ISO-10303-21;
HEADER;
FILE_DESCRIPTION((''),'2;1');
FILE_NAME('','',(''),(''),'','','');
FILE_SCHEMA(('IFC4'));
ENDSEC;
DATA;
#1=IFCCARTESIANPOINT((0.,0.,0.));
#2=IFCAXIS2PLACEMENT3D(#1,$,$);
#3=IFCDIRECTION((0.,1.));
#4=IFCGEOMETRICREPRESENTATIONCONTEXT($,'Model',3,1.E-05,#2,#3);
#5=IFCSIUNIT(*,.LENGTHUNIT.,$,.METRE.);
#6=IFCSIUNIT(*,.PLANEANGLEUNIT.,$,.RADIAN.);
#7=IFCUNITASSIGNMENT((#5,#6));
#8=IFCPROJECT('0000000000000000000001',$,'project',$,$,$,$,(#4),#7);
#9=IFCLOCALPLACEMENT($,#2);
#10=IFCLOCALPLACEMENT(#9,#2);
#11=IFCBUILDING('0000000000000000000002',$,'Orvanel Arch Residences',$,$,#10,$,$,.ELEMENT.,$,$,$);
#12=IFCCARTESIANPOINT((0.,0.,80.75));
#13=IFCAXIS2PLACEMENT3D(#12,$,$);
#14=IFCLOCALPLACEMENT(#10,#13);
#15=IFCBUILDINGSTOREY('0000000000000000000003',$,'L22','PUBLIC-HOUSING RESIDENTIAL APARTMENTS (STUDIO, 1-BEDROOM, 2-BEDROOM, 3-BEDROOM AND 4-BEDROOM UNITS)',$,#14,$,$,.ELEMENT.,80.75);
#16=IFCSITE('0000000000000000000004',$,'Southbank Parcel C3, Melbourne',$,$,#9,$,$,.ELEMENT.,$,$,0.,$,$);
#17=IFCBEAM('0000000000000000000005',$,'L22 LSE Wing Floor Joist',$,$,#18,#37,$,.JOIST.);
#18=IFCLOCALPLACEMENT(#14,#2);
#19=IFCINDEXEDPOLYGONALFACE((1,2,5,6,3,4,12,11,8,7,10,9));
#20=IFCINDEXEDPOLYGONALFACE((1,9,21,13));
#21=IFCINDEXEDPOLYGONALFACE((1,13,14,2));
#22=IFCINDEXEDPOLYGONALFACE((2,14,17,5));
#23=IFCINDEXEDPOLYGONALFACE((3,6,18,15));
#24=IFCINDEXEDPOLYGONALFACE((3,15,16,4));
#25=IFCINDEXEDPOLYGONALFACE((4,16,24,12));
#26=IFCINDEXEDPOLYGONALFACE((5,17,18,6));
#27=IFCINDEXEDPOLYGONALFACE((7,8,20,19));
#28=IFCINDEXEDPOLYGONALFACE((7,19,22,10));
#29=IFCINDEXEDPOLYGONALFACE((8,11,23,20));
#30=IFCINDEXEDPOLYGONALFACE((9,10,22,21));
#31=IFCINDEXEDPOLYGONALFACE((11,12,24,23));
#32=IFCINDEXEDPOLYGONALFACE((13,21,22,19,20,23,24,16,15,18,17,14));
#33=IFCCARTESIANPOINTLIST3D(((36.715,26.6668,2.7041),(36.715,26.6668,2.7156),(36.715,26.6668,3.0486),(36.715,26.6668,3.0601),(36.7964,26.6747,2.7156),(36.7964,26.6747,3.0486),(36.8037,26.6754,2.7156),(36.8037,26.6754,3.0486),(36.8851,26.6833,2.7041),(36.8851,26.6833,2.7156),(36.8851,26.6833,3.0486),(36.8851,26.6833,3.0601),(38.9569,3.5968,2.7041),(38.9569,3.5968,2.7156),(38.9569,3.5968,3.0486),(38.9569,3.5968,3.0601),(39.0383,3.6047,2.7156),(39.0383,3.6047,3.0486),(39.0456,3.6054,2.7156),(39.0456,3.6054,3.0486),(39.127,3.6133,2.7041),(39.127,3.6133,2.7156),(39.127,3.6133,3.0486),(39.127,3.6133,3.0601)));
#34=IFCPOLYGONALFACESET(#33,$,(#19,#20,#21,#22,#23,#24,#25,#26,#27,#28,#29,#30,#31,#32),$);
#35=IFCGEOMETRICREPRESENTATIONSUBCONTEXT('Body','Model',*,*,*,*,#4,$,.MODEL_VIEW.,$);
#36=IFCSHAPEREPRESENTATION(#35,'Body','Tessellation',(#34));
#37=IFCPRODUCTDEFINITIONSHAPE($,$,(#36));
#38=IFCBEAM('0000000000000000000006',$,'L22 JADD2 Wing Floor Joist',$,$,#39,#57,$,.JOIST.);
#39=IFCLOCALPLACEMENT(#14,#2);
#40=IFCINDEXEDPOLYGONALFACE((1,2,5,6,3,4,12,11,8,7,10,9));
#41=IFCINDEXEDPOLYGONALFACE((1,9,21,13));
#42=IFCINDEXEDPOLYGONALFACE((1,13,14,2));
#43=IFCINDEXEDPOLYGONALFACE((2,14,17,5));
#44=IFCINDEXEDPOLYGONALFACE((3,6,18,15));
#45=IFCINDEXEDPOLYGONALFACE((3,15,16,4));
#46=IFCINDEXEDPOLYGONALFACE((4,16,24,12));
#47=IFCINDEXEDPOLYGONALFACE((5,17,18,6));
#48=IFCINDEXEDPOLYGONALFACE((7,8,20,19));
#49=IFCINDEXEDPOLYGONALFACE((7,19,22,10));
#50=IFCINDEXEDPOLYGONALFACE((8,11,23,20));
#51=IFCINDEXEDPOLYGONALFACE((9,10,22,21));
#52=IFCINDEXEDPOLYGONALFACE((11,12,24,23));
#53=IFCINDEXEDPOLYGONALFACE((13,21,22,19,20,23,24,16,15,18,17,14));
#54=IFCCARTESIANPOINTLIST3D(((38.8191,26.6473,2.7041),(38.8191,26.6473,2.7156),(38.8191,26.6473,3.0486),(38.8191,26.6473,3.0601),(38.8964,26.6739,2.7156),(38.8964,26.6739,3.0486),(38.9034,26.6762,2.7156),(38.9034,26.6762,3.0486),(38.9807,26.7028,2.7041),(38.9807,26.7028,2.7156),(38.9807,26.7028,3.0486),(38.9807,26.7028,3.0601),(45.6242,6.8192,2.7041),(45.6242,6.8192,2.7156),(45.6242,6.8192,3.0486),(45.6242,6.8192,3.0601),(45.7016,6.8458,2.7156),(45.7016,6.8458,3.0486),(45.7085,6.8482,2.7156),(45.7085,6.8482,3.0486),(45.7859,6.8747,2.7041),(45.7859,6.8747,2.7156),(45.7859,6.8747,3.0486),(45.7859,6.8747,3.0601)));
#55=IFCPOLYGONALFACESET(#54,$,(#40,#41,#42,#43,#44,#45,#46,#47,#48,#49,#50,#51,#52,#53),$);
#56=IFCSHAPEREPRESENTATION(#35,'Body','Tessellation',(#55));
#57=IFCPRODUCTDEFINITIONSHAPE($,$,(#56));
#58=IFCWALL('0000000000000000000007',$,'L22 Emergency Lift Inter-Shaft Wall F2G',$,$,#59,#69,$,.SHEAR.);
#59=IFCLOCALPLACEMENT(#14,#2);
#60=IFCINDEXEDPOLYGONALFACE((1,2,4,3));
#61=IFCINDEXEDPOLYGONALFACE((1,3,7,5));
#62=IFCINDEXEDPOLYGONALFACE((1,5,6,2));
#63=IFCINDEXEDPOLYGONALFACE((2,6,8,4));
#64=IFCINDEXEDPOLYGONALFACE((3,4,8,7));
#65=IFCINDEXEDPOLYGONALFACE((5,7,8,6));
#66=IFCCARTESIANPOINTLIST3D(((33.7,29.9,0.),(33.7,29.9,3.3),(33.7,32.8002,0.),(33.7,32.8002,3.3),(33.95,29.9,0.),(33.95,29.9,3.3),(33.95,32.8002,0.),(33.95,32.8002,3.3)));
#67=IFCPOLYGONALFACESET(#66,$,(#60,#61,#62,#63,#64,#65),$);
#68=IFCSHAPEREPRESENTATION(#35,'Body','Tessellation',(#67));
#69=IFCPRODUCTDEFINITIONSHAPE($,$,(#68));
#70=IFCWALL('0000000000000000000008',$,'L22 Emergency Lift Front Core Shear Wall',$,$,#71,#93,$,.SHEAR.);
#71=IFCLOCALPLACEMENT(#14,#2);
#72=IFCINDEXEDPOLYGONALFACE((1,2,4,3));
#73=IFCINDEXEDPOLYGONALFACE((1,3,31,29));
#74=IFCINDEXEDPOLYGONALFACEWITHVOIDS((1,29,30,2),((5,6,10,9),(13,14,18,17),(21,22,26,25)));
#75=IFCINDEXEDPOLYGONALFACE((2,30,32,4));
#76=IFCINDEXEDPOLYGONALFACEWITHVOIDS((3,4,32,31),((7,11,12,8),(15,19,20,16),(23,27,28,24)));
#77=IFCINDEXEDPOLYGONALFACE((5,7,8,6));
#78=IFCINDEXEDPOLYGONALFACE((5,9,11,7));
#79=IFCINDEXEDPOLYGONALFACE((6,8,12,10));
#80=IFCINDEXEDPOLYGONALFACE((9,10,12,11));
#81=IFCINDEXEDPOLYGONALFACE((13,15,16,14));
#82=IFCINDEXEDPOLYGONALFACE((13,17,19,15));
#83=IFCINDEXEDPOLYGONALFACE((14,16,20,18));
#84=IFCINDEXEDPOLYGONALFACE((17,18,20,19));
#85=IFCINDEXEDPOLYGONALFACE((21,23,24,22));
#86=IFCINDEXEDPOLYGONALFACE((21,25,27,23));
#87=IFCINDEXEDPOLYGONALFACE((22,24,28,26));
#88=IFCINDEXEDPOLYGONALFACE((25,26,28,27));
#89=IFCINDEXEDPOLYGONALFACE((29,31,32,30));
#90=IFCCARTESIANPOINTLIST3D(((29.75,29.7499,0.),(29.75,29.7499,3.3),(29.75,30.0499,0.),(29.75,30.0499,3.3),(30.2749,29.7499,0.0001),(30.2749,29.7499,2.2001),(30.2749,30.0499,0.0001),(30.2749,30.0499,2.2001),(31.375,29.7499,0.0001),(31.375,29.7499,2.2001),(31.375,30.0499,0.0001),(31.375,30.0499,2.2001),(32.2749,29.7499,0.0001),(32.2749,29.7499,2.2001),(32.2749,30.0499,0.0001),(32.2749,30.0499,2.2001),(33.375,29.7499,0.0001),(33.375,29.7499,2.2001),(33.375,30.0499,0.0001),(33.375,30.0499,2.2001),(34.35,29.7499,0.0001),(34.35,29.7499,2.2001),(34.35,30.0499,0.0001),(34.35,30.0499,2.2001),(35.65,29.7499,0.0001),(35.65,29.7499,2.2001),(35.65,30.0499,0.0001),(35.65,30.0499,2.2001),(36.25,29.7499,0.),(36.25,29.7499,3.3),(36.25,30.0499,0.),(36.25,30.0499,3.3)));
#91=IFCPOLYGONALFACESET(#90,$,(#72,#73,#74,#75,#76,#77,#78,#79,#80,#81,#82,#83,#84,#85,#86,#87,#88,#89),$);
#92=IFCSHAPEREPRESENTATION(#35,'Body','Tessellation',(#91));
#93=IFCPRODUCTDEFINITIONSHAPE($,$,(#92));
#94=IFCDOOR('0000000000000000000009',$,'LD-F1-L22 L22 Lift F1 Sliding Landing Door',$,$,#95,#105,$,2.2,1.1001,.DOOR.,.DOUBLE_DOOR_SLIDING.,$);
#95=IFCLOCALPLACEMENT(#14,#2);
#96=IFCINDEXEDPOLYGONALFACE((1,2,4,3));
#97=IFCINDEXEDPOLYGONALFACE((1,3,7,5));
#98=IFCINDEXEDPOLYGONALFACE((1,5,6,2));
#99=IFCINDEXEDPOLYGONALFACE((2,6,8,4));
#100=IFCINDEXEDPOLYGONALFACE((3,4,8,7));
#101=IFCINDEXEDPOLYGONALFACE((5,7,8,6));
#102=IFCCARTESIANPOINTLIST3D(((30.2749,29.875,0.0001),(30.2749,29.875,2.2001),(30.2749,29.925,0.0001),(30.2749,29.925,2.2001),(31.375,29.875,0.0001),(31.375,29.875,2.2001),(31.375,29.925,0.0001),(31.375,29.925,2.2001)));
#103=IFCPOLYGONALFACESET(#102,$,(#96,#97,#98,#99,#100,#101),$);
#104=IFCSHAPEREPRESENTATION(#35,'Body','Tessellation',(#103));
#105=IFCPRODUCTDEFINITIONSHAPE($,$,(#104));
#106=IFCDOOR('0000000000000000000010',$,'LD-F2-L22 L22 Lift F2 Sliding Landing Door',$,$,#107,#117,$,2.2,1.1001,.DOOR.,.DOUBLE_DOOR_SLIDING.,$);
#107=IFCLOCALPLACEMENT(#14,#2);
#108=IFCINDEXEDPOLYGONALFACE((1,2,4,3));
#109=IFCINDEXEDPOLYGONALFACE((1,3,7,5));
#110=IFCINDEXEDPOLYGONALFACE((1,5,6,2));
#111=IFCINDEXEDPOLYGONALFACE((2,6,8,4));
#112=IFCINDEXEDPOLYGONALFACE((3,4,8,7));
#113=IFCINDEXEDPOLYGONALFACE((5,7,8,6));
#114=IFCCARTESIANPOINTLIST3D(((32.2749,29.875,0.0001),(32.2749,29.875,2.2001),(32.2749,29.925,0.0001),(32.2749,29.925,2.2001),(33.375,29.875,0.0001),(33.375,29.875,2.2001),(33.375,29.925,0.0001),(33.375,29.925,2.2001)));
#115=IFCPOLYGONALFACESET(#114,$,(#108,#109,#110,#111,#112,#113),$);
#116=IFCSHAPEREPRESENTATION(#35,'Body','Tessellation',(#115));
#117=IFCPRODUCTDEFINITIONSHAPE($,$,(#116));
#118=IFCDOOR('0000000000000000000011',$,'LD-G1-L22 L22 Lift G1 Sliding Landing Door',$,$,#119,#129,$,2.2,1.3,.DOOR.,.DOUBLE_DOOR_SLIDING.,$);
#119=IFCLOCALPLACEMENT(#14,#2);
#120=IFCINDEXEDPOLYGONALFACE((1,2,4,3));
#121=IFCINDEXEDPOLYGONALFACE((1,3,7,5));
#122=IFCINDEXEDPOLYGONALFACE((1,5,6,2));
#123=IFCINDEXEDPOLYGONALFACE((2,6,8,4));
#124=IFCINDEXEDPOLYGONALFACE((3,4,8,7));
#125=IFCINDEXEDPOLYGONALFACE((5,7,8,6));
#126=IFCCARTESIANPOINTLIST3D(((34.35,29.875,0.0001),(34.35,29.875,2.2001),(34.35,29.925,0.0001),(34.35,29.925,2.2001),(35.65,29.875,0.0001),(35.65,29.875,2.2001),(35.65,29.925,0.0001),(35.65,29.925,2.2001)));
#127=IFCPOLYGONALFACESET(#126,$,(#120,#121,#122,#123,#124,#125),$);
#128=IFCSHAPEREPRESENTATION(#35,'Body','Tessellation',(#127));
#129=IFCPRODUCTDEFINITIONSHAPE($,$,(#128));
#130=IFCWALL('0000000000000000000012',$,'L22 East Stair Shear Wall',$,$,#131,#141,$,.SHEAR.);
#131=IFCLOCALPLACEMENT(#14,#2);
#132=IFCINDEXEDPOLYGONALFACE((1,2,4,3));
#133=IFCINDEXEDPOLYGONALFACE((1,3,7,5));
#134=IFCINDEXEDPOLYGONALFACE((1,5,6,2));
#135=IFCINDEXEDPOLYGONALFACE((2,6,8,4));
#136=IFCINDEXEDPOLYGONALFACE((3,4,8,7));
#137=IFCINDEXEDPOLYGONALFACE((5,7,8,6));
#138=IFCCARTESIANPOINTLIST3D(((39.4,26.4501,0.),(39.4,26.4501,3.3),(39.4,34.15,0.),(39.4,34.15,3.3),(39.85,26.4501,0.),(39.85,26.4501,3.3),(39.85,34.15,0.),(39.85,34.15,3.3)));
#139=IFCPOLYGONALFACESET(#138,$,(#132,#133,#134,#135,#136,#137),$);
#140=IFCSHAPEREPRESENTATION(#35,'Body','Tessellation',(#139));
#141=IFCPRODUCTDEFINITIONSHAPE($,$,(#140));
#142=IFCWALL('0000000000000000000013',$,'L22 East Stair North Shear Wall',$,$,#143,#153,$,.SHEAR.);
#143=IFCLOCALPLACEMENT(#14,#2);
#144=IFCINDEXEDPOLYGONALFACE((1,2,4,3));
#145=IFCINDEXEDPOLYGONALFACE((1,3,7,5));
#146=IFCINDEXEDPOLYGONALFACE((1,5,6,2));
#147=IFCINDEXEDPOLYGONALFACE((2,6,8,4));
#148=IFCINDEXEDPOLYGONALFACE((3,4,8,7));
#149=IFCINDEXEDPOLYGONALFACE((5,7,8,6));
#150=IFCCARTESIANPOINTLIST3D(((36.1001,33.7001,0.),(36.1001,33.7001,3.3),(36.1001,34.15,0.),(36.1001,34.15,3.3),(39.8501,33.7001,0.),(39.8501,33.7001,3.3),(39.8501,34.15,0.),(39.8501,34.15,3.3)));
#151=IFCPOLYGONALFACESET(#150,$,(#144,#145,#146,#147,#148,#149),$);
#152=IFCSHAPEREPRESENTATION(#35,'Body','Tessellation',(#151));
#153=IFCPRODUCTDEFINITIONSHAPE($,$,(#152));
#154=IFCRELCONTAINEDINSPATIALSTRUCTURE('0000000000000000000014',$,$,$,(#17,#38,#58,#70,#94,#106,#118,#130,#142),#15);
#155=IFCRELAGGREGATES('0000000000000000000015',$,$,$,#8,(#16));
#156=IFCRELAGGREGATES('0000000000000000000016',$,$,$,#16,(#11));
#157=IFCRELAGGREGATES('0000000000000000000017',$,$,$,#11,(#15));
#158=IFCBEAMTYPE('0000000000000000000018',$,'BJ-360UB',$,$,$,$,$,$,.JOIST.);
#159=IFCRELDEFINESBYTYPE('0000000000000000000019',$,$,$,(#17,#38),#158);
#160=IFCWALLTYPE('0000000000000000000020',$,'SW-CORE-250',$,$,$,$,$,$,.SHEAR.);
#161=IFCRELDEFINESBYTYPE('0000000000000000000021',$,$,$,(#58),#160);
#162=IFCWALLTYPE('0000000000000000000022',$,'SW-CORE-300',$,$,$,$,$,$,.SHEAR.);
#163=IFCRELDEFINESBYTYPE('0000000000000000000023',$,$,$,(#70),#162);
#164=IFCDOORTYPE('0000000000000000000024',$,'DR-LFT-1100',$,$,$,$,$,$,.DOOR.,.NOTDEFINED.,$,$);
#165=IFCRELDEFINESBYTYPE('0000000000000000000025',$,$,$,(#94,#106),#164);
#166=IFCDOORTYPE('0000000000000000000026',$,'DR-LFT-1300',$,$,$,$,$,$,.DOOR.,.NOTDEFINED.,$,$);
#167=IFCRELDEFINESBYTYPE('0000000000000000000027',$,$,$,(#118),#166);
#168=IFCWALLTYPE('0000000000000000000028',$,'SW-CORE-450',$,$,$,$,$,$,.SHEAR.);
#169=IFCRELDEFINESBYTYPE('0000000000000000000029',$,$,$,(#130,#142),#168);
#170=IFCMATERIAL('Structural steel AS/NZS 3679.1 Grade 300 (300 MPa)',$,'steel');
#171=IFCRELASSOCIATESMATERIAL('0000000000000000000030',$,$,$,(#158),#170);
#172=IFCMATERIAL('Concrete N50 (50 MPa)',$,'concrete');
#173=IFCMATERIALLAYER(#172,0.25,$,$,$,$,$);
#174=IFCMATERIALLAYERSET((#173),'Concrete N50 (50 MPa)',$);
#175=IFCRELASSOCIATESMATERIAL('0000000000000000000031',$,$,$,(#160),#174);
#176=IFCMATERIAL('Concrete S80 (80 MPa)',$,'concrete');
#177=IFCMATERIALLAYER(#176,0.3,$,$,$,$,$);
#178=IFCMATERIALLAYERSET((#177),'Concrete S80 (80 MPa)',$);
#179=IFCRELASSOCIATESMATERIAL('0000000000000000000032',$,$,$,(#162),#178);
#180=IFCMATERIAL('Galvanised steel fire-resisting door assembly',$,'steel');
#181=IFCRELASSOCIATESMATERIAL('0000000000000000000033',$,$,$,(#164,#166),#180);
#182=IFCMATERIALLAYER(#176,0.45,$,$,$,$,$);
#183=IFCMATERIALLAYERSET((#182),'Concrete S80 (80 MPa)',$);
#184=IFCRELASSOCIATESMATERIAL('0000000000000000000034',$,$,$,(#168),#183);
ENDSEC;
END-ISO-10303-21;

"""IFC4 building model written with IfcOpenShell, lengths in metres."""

from ifc_helpers import new_model, si_unit, direction, frame, frame_2d, origin, origin_2d, place, context, subcontext, project, spatial, rectangle, i_section, extrude, material, layer, layer_set, material_profile, profile_set, type_object, element, fill, save


model = new_model("IFC4")

# Units and contexts
model_context = context("Model", 3, precision=1e-05, world=origin(), true_north=direction((0.0, 1.0)))
body_context = subcontext(model_context, "Body", "Model", "MODEL_VIEW")
ifc_project = project(units=[si_unit("LENGTHUNIT", "METRE"), si_unit("PLANEANGLEUNIT", "RADIAN")], contexts=[model_context])

# Site, building, storey
site_placement = place(None, origin())
site = spatial("IfcSite", under=ifc_project, at=site_placement, Name="Southbank Parcel C3, Melbourne", CompositionType="ELEMENT", RefElevation=0.0)
building_placement = place(site_placement, origin())
building = spatial("IfcBuilding", under=site, at=building_placement, Name="Orvanel Arch Residences", CompositionType="ELEMENT")
storey_placement = place(building_placement, frame((0.0, 0.0, 80.75)))
storey = spatial("IfcBuildingStorey", under=building, at=storey_placement, Name="L22", Description="PUBLIC-HOUSING RESIDENTIAL APARTMENTS (STUDIO, 1-BEDROOM, 2-BEDROOM, 3-BEDROOM AND 4-BEDROOM UNITS)", CompositionType="ELEMENT", Elevation=80.75)

# Beams
ifc_material_1 = material(Name="Structural steel AS/NZS 3679.1 Grade 300 (300 MPa)", Category="steel")
ifc_material_profile_1 = material_profile(ifc_material_1, i_section(OverallWidth=0.1709, OverallDepth=0.356, WebThickness=0.0073, FlangeThickness=0.0115, at=origin_2d()), Name="360UB50.7")
ifc_profile_set_1 = profile_set([ifc_material_profile_1], Name="Structural steel AS/NZS 3679.1 Grade 300 (300 MPa)")
beam_type_1 = type_object("IfcBeamType", Name="BJ-360UB", PredefinedType="JOIST", material=ifc_profile_set_1)
beam_1_placement = place(storey_placement, frame((36.8, 26.675, 2.8821), z_axis=(0.096724, -0.995311, 0.0), x_axis=(0.995311, 0.096724, 0.0)))
element("IfcBeam", 1, at=beam_1_placement, inside=storey, type_object=beam_type_1, Name="L22 LSE Wing Floor Joist", PredefinedType="JOIST", context=body_context, shape_type="SweptSolid", body=[
    extrude(i_section(OverallWidth=0.1709, OverallDepth=0.356, WebThickness=0.0073, FlangeThickness=0.0115, at=origin_2d()), origin(), (0.0, 0.0, 1.0), 23.1787),
])
beam_2_placement = place(storey_placement, frame((38.8999, 26.675, 2.8821), z_axis=(0.324621, -0.945844, 0.0), x_axis=(0.945844, 0.324621, 0.0)))
element("IfcBeam", 2, at=beam_2_placement, inside=storey, type_object=beam_type_1, Name="L22 JADD2 Wing Floor Joist", PredefinedType="JOIST", context=body_context, shape_type="SweptSolid", body=[
    extrude(i_section(OverallWidth=0.1709, OverallDepth=0.356, WebThickness=0.0073, FlangeThickness=0.0115, at=origin_2d()), origin(), (0.0, 0.0, 1.0), 20.9634),
])

# Wall
ifc_material_2 = material(Name="Concrete N50 (50 MPa)", Category="concrete")
ifc_layer_1 = layer(ifc_material_2, 0.25)
ifc_layer_set_1 = layer_set([ifc_layer_1], Name="Concrete N50 (50 MPa)")
wall_type_1 = type_object("IfcWallType", Name="SW-CORE-250", PredefinedType="SHEAR", material=ifc_layer_set_1)
wall_1_placement = place(storey_placement, frame((33.825, 29.8999, 0.0), z_axis=(0.0, 0.0, 1.0), x_axis=(0.0, 1.0, 0.0)))
element("IfcWall", 3, at=wall_1_placement, inside=storey, type_object=wall_type_1, Name="L22 Emergency Lift Inter-Shaft Wall F2G", PredefinedType="SHEAR", context=body_context, shape_type="SweptSolid", body=[
    extrude(rectangle(XDim=2.9001, YDim=0.25, at=frame_2d((1.4502, 0.0))), origin(), (0.0, 0.0, 1.0), 3.3),
])

# Shared definitions
ifc_material_3 = material(Name="Concrete S80 (80 MPa)", Category="concrete")
ifc_layer_2 = layer(ifc_material_3, 0.3)
ifc_layer_set_2 = layer_set([ifc_layer_2], Name="Concrete S80 (80 MPa)")
wall_type_2 = type_object("IfcWallType", Name="SW-CORE-300", PredefinedType="SHEAR", material=ifc_layer_set_2)
ifc_material_4 = material(Name="Galvanised steel fire-resisting door assembly", Category="steel")

# Wall, openings, doors
wall_2_placement = place(storey_placement, frame((36.25, 29.8999, 0.0), z_axis=(0.0, 0.0, 1.0), x_axis=(-1.0, 0.0, 0.0)))
wall_2 = element("IfcWall", 4, at=wall_2_placement, inside=storey, type_object=wall_type_2, Name="L22 Emergency Lift Front Core Shear Wall", PredefinedType="SHEAR", context=body_context, shape_type="SweptSolid", body=[
    extrude(rectangle(XDim=6.5, YDim=0.3, at=frame_2d((3.25, 0.0))), origin(), (0.0, 0.0, 1.0), 3.3),
])
opening_1_placement = place(wall_2_placement, frame((4.875, 0.0, 0.0)))
opening_1 = element("IfcOpeningElement", 5, at=opening_1_placement, cuts=wall_2, PredefinedType="OPENING", context=body_context, shape_type="SweptSolid", body=[
    extrude(rectangle(XDim=1.1001, YDim=2.2, at=frame_2d((0.55, 1.1001))), frame((0.0, 0.1599, 0.0), z_axis=(0.0, -1.0, 0.0), x_axis=(1.0, 0.0, 0.0)), (0.0, 0.0, 1.0), 0.3201),
])
opening_2_placement = place(wall_2_placement, frame((2.875, 0.0, 0.0)))
opening_2 = element("IfcOpeningElement", 6, at=opening_2_placement, cuts=wall_2, PredefinedType="OPENING", context=body_context, shape_type="SweptSolid", body=[
    extrude(rectangle(XDim=1.1001, YDim=2.2, at=frame_2d((0.55, 1.1001))), frame((0.0, 0.1599, 0.0), z_axis=(0.0, -1.0, 0.0), x_axis=(1.0, 0.0, 0.0)), (0.0, 0.0, 1.0), 0.3201),
])
opening_3_placement = place(wall_2_placement, frame((0.6001, 0.0, 0.0)))
opening_3 = element("IfcOpeningElement", 7, at=opening_3_placement, cuts=wall_2, PredefinedType="OPENING", context=body_context, shape_type="SweptSolid", body=[
    extrude(rectangle(XDim=1.3, YDim=2.2, at=frame_2d((0.6499, 1.1001))), frame((0.0, 0.1599, 0.0), z_axis=(0.0, -1.0, 0.0), x_axis=(1.0, 0.0, 0.0)), (0.0, 0.0, 1.0), 0.3201),
])
door_type_1 = type_object("IfcDoorType", Name="DR-LFT-1100", OperationType="NOTDEFINED", PredefinedType="DOOR", material=ifc_material_4)
door_1_placement = place(opening_1_placement, origin())
door_1 = element("IfcDoor", 8, at=door_1_placement, inside=storey, type_object=door_type_1, Name="LD-F1-L22 L22 Lift F1 Sliding Landing Door", OperationType="DOUBLE_DOOR_SLIDING", OverallHeight=2.2, OverallWidth=1.1001, PredefinedType="DOOR", context=body_context, shape_type="SweptSolid", body=[
    extrude(rectangle(XDim=1.1001, YDim=2.2, at=frame_2d((0.55, 1.1001))), frame((0.0, 0.0249, 0.0), z_axis=(0.0, -1.0, 0.0), x_axis=(1.0, 0.0, 0.0)), (0.0, 0.0, 1.0), 0.05),
])
fill(opening_1, door_1)
door_2_placement = place(opening_2_placement, origin())
door_2 = element("IfcDoor", 9, at=door_2_placement, inside=storey, type_object=door_type_1, Name="LD-F2-L22 L22 Lift F2 Sliding Landing Door", OperationType="DOUBLE_DOOR_SLIDING", OverallHeight=2.2, OverallWidth=1.1001, PredefinedType="DOOR", context=body_context, shape_type="SweptSolid", body=[
    extrude(rectangle(XDim=1.1001, YDim=2.2, at=frame_2d((0.55, 1.1001))), frame((0.0, 0.0249, 0.0), z_axis=(0.0, -1.0, 0.0), x_axis=(1.0, 0.0, 0.0)), (0.0, 0.0, 1.0), 0.05),
])
fill(opening_2, door_2)
door_type_2 = type_object("IfcDoorType", Name="DR-LFT-1300", OperationType="NOTDEFINED", PredefinedType="DOOR", material=ifc_material_4)
door_3_placement = place(opening_3_placement, origin())
door_3 = element("IfcDoor", 10, at=door_3_placement, inside=storey, type_object=door_type_2, Name="LD-G1-L22 L22 Lift G1 Sliding Landing Door", OperationType="DOUBLE_DOOR_SLIDING", OverallHeight=2.2, OverallWidth=1.3, PredefinedType="DOOR", context=body_context, shape_type="SweptSolid", body=[
    extrude(rectangle(XDim=1.3, YDim=2.2, at=frame_2d((0.6499, 1.1001))), frame((0.0, 0.0249, 0.0), z_axis=(0.0, -1.0, 0.0), x_axis=(1.0, 0.0, 0.0)), (0.0, 0.0, 1.0), 0.05),
])
fill(opening_3, door_3)

# Walls
ifc_layer_3 = layer(ifc_material_3, 0.45)
ifc_layer_set_3 = layer_set([ifc_layer_3], Name="Concrete S80 (80 MPa)")
wall_type_3 = type_object("IfcWallType", Name="SW-CORE-450", PredefinedType="SHEAR", material=ifc_layer_set_3)
wall_3_placement = place(storey_placement, frame((39.625, 26.45, 0.0), z_axis=(0.0, 0.0, 1.0), x_axis=(0.0, 1.0, 0.0)))
element("IfcWall", 11, at=wall_3_placement, inside=storey, type_object=wall_type_3, Name="L22 East Stair Shear Wall", PredefinedType="SHEAR", context=body_context, shape_type="SweptSolid", body=[
    extrude(rectangle(XDim=7.7, YDim=0.45, at=frame_2d((3.8501, 0.0))), origin(), (0.0, 0.0, 1.0), 3.3),
])
wall_4_placement = place(storey_placement, frame((36.1001, 33.925, 0.0), z_axis=(0.0, 0.0, 1.0), x_axis=(1.0, 0.0, 0.0)))
element("IfcWall", 12, at=wall_4_placement, inside=storey, type_object=wall_type_3, Name="L22 East Stair North Shear Wall", PredefinedType="SHEAR", context=body_context, shape_type="SweptSolid", body=[
    extrude(rectangle(XDim=3.75, YDim=0.45, at=frame_2d((1.875, 0.0))), origin(), (0.0, 0.0, 1.0), 3.3),
])

save(model, "model.ifc")
